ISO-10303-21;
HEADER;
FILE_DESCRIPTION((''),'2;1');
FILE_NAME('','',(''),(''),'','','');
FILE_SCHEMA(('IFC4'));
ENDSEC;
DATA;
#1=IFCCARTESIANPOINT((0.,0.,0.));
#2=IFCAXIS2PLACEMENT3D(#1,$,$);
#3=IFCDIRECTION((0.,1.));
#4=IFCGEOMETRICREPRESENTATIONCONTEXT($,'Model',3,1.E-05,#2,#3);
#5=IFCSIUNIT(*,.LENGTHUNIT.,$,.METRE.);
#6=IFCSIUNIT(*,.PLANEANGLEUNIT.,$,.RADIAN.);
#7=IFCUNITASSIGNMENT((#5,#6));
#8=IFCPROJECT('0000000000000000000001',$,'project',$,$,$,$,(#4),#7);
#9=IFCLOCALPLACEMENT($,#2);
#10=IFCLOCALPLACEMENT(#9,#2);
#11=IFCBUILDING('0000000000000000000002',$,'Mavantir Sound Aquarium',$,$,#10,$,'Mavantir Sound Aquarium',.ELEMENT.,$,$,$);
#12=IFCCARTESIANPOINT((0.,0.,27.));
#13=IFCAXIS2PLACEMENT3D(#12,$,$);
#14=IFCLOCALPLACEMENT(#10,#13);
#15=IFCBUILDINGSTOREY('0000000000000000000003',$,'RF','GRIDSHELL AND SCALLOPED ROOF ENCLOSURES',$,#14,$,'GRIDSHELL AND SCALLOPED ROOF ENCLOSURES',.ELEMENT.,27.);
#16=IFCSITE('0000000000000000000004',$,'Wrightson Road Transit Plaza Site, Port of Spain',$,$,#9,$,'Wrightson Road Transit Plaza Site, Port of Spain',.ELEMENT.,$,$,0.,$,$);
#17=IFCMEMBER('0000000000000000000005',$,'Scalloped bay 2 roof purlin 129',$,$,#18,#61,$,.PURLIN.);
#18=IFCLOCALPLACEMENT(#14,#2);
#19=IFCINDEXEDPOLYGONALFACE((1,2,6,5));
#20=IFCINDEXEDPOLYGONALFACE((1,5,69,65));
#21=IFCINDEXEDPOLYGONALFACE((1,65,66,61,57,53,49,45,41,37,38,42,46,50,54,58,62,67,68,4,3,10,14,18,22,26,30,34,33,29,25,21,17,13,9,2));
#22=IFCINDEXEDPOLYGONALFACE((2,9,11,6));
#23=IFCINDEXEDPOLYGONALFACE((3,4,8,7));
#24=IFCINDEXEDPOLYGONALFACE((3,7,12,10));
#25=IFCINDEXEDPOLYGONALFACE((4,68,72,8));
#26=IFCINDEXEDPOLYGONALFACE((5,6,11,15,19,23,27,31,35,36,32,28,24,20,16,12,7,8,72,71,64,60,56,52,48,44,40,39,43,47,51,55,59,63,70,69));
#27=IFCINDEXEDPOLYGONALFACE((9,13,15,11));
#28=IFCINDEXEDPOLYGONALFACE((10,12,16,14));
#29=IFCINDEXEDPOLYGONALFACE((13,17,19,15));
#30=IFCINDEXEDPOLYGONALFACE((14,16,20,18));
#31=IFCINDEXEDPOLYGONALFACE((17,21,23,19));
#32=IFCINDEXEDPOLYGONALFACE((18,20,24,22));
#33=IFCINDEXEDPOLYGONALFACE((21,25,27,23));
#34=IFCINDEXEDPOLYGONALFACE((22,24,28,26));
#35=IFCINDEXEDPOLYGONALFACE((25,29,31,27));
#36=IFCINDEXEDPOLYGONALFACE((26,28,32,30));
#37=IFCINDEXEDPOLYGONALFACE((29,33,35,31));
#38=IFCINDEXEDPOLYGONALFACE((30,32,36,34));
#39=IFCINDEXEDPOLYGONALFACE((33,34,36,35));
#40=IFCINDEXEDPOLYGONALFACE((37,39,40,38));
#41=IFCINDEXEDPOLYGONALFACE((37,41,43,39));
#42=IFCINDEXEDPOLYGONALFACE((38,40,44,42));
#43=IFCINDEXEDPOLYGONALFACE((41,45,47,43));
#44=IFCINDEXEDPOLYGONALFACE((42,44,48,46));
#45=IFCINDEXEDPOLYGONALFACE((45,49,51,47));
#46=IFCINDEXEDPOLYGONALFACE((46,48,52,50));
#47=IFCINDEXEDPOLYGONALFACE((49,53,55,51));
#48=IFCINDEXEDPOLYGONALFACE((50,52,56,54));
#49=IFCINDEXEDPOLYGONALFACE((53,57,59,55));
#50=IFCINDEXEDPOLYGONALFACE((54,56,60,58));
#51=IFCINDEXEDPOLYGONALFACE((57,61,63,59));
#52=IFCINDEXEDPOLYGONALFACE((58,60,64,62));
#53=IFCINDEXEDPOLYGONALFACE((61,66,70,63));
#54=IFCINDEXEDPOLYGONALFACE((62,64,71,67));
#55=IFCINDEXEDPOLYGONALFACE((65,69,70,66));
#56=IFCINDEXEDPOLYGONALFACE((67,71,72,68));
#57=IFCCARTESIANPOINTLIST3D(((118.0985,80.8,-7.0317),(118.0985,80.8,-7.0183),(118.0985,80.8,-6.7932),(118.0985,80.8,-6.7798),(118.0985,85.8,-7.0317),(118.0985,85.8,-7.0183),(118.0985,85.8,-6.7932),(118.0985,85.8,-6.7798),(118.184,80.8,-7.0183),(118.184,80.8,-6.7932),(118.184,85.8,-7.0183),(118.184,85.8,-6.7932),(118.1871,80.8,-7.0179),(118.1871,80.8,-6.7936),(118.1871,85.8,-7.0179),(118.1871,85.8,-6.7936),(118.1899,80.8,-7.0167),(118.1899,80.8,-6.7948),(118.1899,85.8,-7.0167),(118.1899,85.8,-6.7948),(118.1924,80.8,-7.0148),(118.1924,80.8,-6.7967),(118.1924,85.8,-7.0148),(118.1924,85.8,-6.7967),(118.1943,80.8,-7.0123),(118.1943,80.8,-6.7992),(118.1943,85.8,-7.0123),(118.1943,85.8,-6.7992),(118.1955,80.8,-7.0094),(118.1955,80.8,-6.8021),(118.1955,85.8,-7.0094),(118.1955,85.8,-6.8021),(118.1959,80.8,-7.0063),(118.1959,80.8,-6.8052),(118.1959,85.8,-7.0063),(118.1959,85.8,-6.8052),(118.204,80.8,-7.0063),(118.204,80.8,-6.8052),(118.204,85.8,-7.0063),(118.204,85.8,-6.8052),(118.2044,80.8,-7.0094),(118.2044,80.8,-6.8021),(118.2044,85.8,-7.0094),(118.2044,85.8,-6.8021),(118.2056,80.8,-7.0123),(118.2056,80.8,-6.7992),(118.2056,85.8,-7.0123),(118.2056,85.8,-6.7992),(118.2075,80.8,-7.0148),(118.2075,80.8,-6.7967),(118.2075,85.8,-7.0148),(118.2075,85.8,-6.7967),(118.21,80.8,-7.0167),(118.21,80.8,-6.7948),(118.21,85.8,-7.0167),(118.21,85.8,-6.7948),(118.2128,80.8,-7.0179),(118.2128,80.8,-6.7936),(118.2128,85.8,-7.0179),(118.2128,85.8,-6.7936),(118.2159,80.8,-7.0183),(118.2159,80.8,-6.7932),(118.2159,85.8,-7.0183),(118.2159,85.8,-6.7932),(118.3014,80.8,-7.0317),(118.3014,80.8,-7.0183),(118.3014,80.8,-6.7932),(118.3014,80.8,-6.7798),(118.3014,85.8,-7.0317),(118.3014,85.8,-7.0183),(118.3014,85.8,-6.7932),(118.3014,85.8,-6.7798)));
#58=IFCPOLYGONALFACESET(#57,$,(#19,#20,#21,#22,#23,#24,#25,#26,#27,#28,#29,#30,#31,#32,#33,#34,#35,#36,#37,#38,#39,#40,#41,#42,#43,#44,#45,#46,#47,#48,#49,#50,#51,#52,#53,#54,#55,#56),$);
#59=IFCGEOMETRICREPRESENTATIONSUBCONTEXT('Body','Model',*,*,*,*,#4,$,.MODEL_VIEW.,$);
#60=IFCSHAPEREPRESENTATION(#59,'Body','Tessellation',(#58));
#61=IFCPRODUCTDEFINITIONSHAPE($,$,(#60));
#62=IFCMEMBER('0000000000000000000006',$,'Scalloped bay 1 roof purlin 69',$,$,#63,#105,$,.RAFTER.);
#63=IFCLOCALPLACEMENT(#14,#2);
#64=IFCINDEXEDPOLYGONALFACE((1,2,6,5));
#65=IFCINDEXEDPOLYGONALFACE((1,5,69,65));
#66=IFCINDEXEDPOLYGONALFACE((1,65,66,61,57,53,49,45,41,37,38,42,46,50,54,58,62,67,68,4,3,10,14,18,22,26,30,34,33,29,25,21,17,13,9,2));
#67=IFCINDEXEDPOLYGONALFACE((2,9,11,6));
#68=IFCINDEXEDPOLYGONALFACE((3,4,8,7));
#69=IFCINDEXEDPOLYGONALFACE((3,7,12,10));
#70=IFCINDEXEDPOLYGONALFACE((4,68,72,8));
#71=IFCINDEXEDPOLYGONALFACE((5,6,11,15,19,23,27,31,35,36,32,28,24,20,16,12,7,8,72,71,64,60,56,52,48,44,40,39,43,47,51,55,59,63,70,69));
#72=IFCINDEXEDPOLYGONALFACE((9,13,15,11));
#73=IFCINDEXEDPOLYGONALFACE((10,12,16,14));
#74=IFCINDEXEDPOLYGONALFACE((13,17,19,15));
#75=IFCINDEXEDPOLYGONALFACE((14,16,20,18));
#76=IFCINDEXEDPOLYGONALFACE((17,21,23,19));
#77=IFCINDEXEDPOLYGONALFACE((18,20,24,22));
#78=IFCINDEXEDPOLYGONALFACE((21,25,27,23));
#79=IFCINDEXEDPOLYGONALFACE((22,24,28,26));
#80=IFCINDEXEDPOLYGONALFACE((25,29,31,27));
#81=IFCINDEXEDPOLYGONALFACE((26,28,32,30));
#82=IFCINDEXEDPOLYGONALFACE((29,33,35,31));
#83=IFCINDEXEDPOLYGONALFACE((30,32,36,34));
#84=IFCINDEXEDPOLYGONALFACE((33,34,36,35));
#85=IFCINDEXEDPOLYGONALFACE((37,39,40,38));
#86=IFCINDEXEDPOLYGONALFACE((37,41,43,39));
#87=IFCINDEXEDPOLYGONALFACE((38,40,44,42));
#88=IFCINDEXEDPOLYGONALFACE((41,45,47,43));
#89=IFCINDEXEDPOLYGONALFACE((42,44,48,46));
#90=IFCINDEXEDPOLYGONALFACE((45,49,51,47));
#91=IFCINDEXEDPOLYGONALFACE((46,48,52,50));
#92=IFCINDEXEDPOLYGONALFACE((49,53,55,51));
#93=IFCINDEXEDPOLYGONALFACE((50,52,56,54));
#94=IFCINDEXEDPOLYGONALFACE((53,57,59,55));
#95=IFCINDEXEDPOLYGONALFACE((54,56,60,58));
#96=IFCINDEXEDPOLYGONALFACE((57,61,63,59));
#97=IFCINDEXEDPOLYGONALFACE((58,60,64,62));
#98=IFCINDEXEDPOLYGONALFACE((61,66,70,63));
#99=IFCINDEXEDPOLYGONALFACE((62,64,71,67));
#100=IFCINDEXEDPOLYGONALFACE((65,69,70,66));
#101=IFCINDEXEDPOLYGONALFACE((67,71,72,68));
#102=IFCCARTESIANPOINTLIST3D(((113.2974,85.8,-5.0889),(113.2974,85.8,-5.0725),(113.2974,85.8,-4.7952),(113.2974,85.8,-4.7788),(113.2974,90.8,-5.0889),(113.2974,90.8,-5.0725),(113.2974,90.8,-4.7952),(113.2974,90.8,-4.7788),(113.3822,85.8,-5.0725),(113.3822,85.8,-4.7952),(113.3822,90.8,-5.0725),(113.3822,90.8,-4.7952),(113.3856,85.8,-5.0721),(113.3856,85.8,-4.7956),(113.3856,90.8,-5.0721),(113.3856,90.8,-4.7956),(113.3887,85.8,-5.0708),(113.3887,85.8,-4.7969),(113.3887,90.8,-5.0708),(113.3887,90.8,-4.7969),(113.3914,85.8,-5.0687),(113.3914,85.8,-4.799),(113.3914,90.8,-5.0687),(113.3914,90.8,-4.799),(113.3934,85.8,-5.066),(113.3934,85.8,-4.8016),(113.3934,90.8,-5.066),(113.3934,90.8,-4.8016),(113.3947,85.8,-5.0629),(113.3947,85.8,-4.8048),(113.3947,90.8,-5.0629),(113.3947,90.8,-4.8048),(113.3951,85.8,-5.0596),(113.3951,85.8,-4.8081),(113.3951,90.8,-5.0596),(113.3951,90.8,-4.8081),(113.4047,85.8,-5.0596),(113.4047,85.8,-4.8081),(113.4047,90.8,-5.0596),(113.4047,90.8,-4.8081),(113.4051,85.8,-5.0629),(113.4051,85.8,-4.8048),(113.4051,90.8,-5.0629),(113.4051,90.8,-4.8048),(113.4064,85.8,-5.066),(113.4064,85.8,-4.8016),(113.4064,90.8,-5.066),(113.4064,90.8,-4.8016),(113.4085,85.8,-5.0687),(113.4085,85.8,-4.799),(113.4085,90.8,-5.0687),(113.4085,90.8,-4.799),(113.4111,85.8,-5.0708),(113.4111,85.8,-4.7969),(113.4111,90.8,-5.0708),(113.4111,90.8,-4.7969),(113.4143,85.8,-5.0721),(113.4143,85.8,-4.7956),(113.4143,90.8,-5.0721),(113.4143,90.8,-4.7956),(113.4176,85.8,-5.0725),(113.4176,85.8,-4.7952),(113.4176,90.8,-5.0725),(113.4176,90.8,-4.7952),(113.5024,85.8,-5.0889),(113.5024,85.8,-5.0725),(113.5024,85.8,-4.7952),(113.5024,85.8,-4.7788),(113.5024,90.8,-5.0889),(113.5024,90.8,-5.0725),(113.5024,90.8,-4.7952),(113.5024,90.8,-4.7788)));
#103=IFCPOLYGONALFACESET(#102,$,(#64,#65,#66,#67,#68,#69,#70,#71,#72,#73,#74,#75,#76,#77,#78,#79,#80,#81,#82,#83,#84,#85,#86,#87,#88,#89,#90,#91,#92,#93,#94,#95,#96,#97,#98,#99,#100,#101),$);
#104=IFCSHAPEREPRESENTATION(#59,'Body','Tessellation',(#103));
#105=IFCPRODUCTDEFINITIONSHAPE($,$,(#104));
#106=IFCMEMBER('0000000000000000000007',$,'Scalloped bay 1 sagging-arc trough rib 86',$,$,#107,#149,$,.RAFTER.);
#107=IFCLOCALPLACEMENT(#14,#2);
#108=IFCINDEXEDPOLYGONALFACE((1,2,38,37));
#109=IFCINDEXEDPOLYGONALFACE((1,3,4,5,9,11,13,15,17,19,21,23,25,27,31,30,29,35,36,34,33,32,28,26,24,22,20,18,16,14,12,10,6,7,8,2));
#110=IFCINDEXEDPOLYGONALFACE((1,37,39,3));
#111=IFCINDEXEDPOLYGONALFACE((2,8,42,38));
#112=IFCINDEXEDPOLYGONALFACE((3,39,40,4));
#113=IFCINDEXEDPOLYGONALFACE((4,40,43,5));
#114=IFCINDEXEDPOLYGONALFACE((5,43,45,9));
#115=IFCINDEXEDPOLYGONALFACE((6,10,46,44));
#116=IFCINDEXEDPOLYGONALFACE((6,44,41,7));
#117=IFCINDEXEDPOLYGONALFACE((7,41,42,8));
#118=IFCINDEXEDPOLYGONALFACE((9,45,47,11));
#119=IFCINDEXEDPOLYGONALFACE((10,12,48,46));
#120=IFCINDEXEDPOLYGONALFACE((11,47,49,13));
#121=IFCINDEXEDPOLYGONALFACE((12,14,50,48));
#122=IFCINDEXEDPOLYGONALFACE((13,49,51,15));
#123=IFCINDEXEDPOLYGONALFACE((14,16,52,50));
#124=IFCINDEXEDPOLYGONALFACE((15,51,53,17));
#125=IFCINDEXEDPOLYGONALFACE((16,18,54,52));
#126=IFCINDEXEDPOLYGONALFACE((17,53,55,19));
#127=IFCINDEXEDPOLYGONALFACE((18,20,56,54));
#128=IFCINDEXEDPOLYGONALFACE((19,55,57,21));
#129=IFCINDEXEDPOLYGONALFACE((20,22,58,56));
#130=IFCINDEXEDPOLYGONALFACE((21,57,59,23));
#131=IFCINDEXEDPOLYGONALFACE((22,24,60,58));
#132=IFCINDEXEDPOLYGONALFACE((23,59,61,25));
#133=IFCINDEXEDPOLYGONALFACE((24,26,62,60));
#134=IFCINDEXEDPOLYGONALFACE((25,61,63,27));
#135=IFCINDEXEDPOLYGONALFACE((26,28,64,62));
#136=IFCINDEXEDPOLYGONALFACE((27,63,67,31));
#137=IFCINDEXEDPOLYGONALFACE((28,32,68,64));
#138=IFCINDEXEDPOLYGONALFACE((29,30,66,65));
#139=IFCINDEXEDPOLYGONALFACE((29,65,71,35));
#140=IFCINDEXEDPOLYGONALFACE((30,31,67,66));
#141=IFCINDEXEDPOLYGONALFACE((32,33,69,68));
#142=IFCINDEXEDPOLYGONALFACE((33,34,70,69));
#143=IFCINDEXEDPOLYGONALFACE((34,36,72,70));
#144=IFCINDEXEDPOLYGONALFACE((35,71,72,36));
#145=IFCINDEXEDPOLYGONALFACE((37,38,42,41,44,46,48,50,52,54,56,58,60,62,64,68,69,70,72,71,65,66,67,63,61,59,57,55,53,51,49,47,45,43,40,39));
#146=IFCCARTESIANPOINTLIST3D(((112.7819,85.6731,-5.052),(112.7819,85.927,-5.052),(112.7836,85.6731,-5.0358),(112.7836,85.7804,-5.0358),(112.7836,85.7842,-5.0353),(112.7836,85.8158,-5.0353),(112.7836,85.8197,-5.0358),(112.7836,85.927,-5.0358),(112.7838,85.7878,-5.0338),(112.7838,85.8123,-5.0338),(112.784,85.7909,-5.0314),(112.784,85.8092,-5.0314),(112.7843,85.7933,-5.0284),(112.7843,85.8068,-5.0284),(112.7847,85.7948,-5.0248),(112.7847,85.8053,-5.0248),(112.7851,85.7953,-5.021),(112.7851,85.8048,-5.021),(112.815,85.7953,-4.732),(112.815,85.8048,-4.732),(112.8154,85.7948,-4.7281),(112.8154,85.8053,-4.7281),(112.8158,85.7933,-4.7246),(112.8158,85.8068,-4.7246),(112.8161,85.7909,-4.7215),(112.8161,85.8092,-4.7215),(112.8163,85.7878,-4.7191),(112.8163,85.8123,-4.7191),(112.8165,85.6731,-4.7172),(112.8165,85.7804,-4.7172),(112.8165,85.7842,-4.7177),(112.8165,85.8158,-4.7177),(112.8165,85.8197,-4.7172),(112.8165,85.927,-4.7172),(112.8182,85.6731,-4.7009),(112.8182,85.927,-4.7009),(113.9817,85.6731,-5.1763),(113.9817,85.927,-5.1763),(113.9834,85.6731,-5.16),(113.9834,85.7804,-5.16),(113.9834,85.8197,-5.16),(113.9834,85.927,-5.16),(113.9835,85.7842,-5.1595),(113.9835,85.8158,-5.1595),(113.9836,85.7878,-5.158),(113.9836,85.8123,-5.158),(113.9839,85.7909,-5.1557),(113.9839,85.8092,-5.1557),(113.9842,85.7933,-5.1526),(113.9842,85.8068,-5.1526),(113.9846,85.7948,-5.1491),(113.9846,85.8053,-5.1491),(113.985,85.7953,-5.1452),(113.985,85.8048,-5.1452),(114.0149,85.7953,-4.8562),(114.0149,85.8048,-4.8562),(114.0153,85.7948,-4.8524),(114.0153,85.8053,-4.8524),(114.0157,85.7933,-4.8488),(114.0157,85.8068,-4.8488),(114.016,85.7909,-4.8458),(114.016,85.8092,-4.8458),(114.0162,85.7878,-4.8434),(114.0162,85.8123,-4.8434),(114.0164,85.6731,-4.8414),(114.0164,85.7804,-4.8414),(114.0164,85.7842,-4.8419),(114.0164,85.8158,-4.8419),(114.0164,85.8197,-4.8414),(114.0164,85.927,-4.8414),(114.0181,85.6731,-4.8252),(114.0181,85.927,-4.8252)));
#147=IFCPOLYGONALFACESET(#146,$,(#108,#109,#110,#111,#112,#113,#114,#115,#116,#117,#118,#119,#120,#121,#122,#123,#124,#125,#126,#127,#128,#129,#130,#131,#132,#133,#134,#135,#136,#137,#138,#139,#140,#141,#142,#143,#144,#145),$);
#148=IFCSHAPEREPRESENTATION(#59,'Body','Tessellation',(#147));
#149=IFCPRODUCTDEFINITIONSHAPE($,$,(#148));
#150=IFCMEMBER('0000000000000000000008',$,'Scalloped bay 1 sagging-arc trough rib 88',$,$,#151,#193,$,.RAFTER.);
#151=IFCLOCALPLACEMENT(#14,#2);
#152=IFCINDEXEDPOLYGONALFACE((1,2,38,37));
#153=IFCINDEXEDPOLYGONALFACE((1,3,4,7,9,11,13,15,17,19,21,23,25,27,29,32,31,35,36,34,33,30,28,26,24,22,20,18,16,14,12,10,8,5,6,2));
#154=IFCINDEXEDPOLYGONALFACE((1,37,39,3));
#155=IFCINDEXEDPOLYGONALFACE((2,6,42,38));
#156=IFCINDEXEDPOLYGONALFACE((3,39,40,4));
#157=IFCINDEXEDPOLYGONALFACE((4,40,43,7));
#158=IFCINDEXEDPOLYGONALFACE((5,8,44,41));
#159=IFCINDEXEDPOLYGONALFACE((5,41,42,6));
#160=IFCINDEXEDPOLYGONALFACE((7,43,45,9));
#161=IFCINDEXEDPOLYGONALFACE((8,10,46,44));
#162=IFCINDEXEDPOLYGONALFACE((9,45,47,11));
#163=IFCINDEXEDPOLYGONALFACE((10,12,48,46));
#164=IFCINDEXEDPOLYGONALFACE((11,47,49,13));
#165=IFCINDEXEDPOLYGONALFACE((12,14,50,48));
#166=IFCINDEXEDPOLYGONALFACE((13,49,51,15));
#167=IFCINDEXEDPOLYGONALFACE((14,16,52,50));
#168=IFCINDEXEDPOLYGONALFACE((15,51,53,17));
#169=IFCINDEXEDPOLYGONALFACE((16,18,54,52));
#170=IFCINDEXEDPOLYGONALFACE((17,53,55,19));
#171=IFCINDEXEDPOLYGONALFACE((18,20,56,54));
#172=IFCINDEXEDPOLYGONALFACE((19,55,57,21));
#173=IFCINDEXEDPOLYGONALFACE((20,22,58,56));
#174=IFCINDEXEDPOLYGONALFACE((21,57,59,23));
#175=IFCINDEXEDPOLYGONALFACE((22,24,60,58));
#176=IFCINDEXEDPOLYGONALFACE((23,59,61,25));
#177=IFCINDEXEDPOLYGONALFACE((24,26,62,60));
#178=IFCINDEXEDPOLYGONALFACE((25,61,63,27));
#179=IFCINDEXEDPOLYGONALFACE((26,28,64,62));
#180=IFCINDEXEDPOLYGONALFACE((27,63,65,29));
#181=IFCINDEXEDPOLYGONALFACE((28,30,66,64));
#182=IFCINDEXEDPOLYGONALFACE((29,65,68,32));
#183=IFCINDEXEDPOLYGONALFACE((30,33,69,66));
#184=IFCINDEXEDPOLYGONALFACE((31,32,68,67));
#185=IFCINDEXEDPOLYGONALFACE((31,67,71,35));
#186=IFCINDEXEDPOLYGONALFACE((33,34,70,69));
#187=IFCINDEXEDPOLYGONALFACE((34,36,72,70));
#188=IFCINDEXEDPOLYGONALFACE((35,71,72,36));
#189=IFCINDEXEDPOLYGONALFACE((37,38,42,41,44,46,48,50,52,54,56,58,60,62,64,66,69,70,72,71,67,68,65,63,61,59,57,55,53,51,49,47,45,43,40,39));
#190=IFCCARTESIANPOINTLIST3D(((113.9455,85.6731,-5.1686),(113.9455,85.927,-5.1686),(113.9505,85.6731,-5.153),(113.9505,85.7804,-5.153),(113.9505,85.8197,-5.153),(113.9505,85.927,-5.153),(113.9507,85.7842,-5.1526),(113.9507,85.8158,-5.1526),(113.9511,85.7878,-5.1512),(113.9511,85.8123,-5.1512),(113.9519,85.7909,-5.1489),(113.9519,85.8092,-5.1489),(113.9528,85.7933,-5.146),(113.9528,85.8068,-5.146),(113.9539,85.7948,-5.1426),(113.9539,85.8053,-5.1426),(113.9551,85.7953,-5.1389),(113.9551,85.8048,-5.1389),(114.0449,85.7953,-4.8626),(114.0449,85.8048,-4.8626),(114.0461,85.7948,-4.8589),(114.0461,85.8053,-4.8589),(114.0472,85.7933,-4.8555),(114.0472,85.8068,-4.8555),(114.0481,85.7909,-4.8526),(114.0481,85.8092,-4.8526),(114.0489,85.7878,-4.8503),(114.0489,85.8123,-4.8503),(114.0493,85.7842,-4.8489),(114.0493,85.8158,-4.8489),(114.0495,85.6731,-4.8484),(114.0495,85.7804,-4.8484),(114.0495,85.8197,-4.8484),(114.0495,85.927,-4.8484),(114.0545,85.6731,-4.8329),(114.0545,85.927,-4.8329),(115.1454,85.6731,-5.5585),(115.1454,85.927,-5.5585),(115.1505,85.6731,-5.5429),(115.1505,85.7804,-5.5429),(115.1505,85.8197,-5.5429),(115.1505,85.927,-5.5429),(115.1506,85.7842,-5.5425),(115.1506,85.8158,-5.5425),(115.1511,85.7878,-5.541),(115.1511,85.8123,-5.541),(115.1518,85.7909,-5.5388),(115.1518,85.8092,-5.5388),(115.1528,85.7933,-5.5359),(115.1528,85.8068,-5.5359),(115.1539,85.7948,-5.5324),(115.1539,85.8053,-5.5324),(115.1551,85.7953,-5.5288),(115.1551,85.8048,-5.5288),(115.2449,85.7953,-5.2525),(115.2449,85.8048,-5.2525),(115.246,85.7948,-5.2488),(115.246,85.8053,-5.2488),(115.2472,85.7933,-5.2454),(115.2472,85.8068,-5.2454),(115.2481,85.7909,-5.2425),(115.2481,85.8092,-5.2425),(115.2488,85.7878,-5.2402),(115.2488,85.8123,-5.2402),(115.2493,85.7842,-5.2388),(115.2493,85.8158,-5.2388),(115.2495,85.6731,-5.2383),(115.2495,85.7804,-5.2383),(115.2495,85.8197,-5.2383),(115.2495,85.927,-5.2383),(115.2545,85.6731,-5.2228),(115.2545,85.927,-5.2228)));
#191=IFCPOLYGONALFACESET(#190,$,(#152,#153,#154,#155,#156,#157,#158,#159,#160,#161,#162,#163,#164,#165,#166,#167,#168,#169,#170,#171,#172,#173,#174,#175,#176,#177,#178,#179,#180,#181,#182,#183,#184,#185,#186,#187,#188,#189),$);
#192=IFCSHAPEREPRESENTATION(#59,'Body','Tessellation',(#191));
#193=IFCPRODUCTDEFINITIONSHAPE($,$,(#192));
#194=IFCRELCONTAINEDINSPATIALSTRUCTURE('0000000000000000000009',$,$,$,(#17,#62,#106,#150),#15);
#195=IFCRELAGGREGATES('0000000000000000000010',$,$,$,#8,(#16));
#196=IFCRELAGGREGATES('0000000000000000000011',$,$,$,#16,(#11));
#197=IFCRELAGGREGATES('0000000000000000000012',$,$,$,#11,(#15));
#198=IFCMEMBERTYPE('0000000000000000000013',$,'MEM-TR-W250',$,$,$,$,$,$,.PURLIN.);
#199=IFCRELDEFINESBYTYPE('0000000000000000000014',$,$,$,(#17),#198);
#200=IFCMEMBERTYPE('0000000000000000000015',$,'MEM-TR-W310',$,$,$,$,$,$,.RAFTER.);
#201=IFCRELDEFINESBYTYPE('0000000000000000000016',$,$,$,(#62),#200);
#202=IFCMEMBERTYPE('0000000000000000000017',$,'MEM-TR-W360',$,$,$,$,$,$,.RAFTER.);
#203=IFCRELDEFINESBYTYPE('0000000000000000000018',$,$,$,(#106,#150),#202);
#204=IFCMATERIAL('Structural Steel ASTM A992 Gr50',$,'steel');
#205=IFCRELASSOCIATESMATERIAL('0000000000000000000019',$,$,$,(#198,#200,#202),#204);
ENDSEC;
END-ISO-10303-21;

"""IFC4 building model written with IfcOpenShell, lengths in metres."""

from ifc_helpers import new_model, si_unit, direction, frame, origin, origin_2d, place, context, subcontext, project, spatial, i_section, extrude, material, material_profile, profile_set, type_object, element, save


model = new_model("IFC4")

# Units and contexts
model_context = context("Model", 3, precision=1e-05, world=origin(), true_north=direction((0.0, 1.0)))
body_context = subcontext(model_context, "Body", "Model", "MODEL_VIEW")
ifc_project = project(units=[si_unit("LENGTHUNIT", "METRE"), si_unit("PLANEANGLEUNIT", "RADIAN")], contexts=[model_context])

# Site, building, storey
site_placement = place(None, origin())
site = spatial("IfcSite", under=ifc_project, at=site_placement, Name="Wrightson Road Transit Plaza Site, Port of Spain", LongName="Wrightson Road Transit Plaza Site, Port of Spain", CompositionType="ELEMENT", RefElevation=0.0)
building_placement = place(site_placement, origin())
building = spatial("IfcBuilding", under=site, at=building_placement, Name="Mavantir Sound Aquarium", LongName="Mavantir Sound Aquarium", CompositionType="ELEMENT")
storey_placement = place(building_placement, frame((0.0, 0.0, 27.0)))
storey = spatial("IfcBuildingStorey", under=building, at=storey_placement, Name="RF", Description="GRIDSHELL AND SCALLOPED ROOF ENCLOSURES", LongName="GRIDSHELL AND SCALLOPED ROOF ENCLOSURES", CompositionType="ELEMENT", Elevation=27.0)

# Shared definitions
ifc_material_1 = material(Name="Structural Steel ASTM A992 Gr50", Category="steel")

# Members
ifc_material_profile_1 = material_profile(ifc_material_1, i_section(OverallWidth=0.2029, OverallDepth=0.252, WebThickness=0.0081, FlangeThickness=0.0134, FilletRadius=0.012, at=origin_2d()), Name="W250X58")
ifc_profile_set_1 = profile_set([ifc_material_profile_1], Name="Structural Steel ASTM A992 Gr50")
member_type_1 = type_object("IfcMemberType", Name="MEM-TR-W250", PredefinedType="PURLIN", material=ifc_profile_set_1)
for number, where, z_axis, x_axis, name in (
    (1, (118.2, 80.8, -6.9058), (0.0, 1.0, 0.0), (-1.0, 0.0, 0.0), "Scalloped bay 2 roof purlin 129"),
):
    element("IfcMember", number, at=place(storey_placement, frame(where, z_axis=z_axis, x_axis=x_axis)), inside=storey, type_object=member_type_1, Name=name, PredefinedType="PURLIN", context=body_context, shape_type="SweptSolid", body=[
        extrude(i_section(OverallWidth=0.2029, OverallDepth=0.252, WebThickness=0.0081, FlangeThickness=0.0134, FilletRadius=0.012, at=origin_2d()), origin(), (0.0, 0.0, 1.0), 5.0),
    ])
ifc_material_profile_2 = material_profile(ifc_material_1, i_section(OverallWidth=0.2051, OverallDepth=0.3101, WebThickness=0.0095, FlangeThickness=0.0164, FilletRadius=0.0129, at=origin_2d()), Name="W310X74")
ifc_profile_set_2 = profile_set([ifc_material_profile_2], Name="Structural Steel ASTM A992 Gr50")
member_type_2 = type_object("IfcMemberType", Name="MEM-TR-W310", PredefinedType="RAFTER", material=ifc_profile_set_2)
member_1_placement = place(storey_placement, frame((113.3999, 85.8, -4.9338), z_axis=(0.0, 1.0, 0.0), x_axis=(-1.0, 0.0, 0.0)))
element("IfcMember", 2, at=member_1_placement, inside=storey, type_object=member_type_2, Name="Scalloped bay 1 roof purlin 69", PredefinedType="RAFTER", context=body_context, shape_type="SweptSolid", body=[
    extrude(i_section(OverallWidth=0.2051, OverallDepth=0.3101, WebThickness=0.0095, FlangeThickness=0.0164, FilletRadius=0.0129, at=origin_2d()), origin(), (0.0, 0.0, 1.0), 5.0),
])
ifc_material_profile_3 = material_profile(ifc_material_1, i_section(OverallWidth=0.2539, OverallDepth=0.353, WebThickness=0.0095, FlangeThickness=0.0164, FilletRadius=0.0149, at=origin_2d()), Name="W360X91")
ifc_profile_set_3 = profile_set([ifc_material_profile_3], Name="Structural Steel ASTM A992 Gr50")
member_type_3 = type_object("IfcMemberType", Name="MEM-TR-W360", PredefinedType="RAFTER", material=ifc_profile_set_3)
member_2_placement = place(storey_placement, frame((112.8, 85.8, -4.8765), z_axis=(0.99468, 0.0, -0.10301), x_axis=(0.0, 1.0, 0.0)))
element("IfcMember", 3, at=member_2_placement, inside=storey, type_object=member_type_3, Name="Scalloped bay 1 sagging-arc trough rib 86", PredefinedType="RAFTER", context=body_context, shape_type="SweptSolid", body=[
    extrude(i_section(OverallWidth=0.2539, OverallDepth=0.353, WebThickness=0.0095, FlangeThickness=0.0164, FilletRadius=0.0149, at=origin_2d()), origin(), (0.0, 0.0, 1.0), 1.2063),
])
member_3_placement = place(storey_placement, frame((114.0, 85.8, -5.0007), z_axis=(0.951055, 0.0, -0.30902), x_axis=(0.0, 1.0, 0.0)))
element("IfcMember", 4, at=member_3_placement, inside=storey, type_object=member_type_3, Name="Scalloped bay 1 sagging-arc trough rib 88", PredefinedType="RAFTER", context=body_context, shape_type="SweptSolid", body=[
    extrude(i_section(OverallWidth=0.2539, OverallDepth=0.353, WebThickness=0.0095, FlangeThickness=0.0164, FilletRadius=0.0149, at=origin_2d()), origin(), (0.0, 0.0, 1.0), 1.2617),
])

save(model, "model.ifc")
